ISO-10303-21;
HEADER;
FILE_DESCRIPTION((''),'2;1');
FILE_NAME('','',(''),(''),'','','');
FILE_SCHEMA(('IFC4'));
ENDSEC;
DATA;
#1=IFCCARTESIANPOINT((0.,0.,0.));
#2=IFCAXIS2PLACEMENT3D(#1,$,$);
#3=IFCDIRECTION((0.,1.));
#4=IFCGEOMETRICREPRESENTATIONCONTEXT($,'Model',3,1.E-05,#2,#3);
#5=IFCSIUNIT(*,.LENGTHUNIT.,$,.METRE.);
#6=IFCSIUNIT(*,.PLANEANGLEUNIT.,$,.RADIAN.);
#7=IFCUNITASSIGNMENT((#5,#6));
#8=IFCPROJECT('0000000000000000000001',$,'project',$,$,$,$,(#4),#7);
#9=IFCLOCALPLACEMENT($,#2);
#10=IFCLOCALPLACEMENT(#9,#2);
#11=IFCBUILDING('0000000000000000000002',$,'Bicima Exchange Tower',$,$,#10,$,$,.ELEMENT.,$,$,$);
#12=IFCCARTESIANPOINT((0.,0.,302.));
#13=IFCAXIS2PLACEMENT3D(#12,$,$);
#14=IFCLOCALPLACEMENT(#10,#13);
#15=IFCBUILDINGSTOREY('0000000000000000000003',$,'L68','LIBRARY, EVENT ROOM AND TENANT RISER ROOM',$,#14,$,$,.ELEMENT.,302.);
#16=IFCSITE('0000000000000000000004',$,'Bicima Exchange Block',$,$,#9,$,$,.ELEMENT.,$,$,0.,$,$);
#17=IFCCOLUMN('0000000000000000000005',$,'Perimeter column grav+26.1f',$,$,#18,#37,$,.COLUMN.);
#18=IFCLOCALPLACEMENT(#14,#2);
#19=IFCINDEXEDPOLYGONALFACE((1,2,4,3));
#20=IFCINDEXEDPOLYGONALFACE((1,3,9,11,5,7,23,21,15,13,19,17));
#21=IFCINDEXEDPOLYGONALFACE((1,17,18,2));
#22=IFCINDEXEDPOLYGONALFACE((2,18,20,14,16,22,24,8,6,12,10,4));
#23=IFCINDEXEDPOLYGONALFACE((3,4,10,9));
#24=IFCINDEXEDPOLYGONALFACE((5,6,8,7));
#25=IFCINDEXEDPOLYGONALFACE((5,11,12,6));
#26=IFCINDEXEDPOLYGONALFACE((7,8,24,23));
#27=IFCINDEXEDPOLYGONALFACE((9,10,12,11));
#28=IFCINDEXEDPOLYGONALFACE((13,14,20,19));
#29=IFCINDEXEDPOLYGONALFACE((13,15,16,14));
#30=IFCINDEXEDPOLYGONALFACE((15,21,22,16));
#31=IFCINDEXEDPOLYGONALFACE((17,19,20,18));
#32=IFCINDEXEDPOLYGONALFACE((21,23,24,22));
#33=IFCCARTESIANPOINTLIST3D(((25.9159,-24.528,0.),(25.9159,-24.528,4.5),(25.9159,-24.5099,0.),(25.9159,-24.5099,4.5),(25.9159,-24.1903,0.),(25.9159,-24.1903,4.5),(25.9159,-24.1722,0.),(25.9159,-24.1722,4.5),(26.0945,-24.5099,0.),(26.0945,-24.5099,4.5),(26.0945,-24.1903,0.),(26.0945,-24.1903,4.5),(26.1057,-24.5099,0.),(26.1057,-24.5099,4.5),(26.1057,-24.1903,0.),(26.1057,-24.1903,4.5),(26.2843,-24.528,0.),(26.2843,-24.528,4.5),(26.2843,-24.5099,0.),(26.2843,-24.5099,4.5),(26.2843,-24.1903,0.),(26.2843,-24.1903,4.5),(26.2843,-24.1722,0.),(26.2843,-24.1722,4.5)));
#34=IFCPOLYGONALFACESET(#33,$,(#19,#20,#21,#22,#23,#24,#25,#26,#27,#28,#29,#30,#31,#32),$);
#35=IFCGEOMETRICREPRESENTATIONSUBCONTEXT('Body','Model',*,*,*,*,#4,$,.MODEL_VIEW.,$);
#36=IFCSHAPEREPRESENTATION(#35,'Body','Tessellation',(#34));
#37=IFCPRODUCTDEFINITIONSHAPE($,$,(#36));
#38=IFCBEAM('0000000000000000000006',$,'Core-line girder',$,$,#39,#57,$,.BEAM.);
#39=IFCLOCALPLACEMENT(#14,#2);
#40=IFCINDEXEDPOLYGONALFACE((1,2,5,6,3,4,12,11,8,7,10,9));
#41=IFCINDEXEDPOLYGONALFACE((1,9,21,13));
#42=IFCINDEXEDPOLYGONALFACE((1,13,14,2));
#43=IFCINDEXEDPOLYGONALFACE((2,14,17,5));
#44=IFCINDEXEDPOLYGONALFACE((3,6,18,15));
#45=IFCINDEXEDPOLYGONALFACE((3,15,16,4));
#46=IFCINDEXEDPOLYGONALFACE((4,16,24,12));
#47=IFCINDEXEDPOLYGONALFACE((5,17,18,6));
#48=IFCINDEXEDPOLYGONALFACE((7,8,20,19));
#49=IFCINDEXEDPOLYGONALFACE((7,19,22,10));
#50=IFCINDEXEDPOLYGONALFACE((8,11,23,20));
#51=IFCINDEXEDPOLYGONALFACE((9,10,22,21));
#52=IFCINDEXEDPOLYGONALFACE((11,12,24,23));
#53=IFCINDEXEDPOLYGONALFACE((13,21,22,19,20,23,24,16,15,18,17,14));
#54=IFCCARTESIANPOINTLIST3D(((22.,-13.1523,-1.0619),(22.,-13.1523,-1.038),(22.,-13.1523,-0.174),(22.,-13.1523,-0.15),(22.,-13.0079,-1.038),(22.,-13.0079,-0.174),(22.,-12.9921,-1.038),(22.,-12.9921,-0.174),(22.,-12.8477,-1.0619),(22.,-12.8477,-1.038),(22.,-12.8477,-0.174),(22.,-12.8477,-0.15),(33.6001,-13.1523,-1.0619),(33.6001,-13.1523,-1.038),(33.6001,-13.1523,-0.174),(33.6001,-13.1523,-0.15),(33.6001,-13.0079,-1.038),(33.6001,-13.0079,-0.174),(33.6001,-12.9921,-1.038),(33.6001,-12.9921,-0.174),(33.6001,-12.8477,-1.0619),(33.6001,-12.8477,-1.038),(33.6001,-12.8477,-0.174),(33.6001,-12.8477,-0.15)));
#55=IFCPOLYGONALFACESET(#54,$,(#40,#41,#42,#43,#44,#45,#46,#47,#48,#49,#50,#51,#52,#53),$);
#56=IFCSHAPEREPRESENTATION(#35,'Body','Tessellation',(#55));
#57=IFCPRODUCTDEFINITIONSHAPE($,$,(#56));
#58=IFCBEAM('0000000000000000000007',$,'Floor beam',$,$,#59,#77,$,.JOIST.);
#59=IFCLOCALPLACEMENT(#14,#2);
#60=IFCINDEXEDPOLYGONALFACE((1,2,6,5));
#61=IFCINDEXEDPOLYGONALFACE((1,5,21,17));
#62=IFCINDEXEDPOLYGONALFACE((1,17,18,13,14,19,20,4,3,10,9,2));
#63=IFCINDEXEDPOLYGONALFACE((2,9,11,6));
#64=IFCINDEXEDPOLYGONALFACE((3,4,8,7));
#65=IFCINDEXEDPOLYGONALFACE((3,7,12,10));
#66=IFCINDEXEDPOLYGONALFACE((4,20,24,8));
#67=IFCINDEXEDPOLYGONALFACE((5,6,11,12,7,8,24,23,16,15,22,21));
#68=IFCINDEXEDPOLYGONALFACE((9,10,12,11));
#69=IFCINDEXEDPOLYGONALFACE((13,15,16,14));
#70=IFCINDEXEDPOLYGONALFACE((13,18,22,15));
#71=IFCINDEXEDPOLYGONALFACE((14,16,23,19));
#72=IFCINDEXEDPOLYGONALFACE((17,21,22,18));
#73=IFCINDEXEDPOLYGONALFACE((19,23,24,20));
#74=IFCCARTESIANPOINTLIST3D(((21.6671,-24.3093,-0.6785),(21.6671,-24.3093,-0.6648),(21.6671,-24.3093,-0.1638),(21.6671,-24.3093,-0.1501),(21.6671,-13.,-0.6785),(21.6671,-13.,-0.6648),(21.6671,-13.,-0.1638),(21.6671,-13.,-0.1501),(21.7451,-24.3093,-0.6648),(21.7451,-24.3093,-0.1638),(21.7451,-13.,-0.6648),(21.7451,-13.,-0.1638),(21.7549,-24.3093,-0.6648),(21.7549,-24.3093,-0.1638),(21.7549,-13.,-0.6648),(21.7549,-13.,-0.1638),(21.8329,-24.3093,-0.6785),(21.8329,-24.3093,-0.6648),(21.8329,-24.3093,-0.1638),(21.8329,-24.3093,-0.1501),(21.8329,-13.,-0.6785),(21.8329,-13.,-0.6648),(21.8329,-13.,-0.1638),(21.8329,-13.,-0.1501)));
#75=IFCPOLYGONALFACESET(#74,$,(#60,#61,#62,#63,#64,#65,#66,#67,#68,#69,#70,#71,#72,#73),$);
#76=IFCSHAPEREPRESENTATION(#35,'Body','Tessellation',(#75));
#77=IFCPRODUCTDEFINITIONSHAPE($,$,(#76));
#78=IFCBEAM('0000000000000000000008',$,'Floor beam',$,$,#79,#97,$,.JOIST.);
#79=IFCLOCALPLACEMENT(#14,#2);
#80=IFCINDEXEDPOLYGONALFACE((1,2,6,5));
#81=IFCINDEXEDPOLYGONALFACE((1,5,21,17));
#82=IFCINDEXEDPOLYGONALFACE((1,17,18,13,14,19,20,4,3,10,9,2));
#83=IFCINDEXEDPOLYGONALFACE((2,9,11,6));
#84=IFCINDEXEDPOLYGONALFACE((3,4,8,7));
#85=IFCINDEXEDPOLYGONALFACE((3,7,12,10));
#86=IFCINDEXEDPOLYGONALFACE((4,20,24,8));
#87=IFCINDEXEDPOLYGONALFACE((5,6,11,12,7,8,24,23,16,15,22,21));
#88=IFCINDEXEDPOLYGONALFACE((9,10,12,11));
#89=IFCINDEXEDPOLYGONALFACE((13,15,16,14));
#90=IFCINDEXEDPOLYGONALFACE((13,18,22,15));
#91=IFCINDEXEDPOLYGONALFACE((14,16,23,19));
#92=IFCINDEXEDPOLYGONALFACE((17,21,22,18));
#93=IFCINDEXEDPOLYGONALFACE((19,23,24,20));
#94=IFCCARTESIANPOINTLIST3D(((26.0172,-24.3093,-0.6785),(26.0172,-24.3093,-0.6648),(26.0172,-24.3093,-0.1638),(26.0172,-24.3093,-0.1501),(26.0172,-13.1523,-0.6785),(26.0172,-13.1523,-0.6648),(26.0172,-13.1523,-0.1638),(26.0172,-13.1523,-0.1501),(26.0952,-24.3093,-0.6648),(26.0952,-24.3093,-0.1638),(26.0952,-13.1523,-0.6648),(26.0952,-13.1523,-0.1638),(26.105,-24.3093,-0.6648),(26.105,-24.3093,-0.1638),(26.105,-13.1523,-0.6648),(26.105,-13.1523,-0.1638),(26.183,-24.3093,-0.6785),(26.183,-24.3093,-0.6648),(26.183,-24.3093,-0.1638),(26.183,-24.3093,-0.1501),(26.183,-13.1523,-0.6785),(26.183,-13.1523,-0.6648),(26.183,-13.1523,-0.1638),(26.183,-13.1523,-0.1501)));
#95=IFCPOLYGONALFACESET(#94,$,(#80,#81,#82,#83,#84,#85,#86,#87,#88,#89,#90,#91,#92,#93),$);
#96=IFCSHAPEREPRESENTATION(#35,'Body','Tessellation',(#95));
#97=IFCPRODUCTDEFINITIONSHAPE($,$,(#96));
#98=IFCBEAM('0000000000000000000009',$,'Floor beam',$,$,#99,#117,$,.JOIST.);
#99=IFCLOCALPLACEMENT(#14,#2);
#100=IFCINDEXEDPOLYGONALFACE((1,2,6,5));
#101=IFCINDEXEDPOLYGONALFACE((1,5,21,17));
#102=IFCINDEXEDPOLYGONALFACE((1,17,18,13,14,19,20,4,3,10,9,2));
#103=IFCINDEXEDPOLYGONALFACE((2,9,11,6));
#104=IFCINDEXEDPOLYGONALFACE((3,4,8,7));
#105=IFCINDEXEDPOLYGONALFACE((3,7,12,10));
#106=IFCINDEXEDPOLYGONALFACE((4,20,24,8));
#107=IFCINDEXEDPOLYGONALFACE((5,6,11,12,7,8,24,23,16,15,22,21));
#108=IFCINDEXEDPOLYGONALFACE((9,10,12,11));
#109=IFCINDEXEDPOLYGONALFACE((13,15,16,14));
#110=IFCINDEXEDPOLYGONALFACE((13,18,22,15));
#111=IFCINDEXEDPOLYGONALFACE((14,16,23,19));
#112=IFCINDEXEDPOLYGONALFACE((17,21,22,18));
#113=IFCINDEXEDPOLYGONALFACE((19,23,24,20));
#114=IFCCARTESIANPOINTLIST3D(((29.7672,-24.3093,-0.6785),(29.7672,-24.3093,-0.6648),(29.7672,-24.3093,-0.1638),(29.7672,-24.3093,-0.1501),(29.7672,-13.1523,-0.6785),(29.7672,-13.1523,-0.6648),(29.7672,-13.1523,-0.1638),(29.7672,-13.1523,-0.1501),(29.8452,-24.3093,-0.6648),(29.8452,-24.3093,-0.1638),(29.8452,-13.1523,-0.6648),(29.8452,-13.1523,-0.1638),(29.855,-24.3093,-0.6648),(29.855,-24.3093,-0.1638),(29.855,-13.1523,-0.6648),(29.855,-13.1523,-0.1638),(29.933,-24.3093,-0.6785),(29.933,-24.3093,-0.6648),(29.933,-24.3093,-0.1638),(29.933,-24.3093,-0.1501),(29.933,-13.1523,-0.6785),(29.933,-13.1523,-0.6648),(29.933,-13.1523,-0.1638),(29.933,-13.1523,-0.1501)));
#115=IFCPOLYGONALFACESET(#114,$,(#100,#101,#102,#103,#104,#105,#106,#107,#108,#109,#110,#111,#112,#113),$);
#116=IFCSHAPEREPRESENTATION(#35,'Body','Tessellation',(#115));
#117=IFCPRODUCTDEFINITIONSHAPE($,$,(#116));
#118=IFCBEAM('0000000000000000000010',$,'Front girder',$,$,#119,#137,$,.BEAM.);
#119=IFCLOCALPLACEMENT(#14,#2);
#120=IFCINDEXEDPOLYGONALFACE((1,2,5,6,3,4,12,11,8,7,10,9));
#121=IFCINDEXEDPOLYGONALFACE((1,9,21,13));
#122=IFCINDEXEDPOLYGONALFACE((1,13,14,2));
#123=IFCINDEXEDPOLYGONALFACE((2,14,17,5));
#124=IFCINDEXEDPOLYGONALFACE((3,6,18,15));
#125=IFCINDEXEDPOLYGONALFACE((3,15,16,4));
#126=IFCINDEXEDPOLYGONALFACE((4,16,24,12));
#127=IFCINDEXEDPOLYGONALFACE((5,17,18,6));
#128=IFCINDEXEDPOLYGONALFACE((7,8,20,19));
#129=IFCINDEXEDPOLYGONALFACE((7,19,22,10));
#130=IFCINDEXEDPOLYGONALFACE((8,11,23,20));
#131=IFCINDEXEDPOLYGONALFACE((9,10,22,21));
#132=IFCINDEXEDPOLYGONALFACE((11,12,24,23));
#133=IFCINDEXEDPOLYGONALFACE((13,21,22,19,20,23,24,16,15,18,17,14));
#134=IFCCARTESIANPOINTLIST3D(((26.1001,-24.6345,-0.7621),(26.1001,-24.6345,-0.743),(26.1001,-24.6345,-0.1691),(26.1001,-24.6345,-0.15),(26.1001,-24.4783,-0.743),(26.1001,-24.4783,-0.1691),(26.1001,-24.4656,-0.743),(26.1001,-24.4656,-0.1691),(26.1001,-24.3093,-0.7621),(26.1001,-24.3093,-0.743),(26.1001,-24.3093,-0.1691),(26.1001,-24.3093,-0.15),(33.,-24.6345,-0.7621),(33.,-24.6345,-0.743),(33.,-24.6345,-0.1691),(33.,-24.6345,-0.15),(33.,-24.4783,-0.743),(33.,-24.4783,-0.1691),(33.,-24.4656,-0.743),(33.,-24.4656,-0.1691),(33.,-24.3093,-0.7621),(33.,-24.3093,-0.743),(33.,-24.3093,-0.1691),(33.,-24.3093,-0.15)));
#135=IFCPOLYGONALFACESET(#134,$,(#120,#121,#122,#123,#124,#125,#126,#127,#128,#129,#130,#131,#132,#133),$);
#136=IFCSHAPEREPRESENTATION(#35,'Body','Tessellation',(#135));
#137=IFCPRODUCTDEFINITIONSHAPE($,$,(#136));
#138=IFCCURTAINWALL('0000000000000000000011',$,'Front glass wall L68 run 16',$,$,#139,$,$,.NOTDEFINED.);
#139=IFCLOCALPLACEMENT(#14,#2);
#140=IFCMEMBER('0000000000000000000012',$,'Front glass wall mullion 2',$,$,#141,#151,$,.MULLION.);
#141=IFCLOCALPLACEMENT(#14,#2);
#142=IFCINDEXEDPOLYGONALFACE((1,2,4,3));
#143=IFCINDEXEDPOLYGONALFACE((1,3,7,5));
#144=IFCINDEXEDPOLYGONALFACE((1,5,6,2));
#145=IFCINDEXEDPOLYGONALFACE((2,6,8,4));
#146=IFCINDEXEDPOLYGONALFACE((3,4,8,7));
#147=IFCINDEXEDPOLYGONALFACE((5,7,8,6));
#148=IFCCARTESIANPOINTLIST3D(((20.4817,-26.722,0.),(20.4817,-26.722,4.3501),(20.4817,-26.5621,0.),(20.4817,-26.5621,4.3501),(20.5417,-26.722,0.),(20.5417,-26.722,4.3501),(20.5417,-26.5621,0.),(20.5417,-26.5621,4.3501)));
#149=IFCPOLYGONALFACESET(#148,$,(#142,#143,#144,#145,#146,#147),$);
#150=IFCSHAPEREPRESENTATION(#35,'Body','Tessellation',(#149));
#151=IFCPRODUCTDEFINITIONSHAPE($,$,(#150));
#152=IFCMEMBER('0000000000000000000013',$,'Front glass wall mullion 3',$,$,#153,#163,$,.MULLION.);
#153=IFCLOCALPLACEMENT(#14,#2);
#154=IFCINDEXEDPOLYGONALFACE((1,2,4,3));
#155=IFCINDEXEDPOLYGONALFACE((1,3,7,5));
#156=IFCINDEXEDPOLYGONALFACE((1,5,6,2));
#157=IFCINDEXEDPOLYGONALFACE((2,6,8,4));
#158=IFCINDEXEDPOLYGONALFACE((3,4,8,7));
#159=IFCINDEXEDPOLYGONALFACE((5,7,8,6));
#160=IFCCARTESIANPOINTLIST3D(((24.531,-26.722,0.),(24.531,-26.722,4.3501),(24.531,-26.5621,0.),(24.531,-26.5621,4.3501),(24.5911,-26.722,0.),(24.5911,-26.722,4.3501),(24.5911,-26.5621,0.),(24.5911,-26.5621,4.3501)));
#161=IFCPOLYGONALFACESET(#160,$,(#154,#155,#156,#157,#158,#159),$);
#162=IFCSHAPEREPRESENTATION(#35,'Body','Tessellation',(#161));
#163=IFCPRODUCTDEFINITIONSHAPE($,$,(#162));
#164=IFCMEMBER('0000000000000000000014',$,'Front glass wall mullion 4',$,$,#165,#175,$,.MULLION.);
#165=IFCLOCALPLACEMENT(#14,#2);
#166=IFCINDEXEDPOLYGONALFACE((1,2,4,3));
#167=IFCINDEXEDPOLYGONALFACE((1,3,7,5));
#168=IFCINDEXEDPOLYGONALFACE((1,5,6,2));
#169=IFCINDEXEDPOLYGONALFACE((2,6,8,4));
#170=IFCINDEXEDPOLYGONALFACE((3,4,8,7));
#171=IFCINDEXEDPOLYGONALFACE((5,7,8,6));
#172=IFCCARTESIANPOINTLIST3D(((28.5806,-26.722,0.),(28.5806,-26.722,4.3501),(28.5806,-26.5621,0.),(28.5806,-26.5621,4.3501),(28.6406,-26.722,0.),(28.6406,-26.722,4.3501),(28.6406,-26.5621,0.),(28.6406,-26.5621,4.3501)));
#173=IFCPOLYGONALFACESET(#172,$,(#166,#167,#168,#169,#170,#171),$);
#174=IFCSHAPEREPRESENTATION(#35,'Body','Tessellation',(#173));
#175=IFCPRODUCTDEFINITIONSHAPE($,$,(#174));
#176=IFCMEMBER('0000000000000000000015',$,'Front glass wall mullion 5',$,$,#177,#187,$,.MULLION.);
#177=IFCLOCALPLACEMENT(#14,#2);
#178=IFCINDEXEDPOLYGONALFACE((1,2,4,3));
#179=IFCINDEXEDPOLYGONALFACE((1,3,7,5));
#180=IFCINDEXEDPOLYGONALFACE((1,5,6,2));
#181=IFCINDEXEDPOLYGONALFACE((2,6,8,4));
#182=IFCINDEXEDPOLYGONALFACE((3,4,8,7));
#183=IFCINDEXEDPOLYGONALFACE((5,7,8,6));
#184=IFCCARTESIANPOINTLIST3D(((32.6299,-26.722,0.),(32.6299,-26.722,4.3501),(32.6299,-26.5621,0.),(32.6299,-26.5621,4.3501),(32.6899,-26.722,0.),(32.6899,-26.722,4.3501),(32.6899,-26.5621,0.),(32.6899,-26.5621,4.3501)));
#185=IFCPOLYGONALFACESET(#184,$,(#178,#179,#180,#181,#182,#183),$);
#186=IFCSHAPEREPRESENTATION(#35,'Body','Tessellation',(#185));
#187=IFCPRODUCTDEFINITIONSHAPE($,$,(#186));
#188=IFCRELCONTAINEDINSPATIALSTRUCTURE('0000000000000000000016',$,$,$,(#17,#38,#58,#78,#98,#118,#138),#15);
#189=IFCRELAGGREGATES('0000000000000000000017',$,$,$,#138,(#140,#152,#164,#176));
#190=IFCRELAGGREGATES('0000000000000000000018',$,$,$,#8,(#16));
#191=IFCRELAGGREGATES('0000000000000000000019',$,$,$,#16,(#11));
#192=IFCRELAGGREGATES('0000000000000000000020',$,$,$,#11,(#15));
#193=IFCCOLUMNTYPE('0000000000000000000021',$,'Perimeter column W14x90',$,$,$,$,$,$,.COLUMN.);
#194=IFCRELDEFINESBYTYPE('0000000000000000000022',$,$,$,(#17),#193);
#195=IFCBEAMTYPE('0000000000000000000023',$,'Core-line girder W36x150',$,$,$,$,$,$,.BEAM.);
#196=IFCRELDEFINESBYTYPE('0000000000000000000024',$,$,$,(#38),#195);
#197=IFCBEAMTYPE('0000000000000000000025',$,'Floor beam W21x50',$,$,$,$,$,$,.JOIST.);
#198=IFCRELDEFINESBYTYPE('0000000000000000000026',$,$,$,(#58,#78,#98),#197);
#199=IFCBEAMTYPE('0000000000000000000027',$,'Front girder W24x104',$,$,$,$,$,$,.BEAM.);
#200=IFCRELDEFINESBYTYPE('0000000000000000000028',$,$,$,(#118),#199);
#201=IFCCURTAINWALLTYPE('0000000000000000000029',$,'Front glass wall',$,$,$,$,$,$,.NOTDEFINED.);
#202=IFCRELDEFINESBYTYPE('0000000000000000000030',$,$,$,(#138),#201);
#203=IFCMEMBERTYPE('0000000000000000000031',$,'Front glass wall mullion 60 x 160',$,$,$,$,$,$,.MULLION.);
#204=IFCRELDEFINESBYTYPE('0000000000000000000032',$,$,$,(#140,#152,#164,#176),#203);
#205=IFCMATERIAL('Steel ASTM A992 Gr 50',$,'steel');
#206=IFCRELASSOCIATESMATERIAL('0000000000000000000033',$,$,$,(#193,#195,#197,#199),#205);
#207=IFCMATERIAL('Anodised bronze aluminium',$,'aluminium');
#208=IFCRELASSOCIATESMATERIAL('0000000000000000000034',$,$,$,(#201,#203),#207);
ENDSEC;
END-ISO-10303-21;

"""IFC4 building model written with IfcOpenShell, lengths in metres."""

from ifc_helpers import new_model, si_unit, direction, frame, origin, origin_2d, place, context, subcontext, project, spatial, rectangle, i_section, extrude, material, material_profile, profile_set, type_object, element, aggregate, save


model = new_model("IFC4")

# Units and contexts
model_context = context("Model", 3, precision=1e-05, world=origin(), true_north=direction((0.0, 1.0)))
body_context = subcontext(model_context, "Body", "Model", "MODEL_VIEW")
ifc_project = project(units=[si_unit("LENGTHUNIT", "METRE"), si_unit("PLANEANGLEUNIT", "RADIAN")], contexts=[model_context])

# Site, building, storey
site_placement = place(None, origin())
site = spatial("IfcSite", under=ifc_project, at=site_placement, Name="Bicima Exchange Block", CompositionType="ELEMENT", RefElevation=0.0)
building_placement = place(site_placement, origin())
building = spatial("IfcBuilding", under=site, at=building_placement, Name="Bicima Exchange Tower", CompositionType="ELEMENT")
storey_placement = place(building_placement, frame((0.0, 0.0, 302.0)))
storey = spatial("IfcBuildingStorey", under=building, at=storey_placement, Name="L68", Description="LIBRARY, EVENT ROOM AND TENANT RISER ROOM", CompositionType="ELEMENT", Elevation=302.0)

# Column
ifc_material_1 = material(Name="Steel ASTM A992 Gr 50", Category="steel")
ifc_material_profile_1 = material_profile(ifc_material_1, i_section(OverallWidth=0.3684, OverallDepth=0.3557, WebThickness=0.0112, FlangeThickness=0.0181, at=origin_2d()))
ifc_profile_set_1 = profile_set([ifc_material_profile_1], Name="Steel ASTM A992 Gr 50")
column_type = type_object("IfcColumnType", Name="Perimeter column W14x90", PredefinedType="COLUMN", material=ifc_profile_set_1)
column_placement = place(storey_placement, frame((26.1001, -24.3501, 0.0), z_axis=(0.0, 0.0, 1.0), x_axis=(1.0, 0.0, 0.0)))
element("IfcColumn", 1, at=column_placement, inside=storey, type_object=column_type, Name="Perimeter column grav+26.1f", PredefinedType="COLUMN", context=body_context, shape_type="SweptSolid", body=[
    extrude(i_section(OverallWidth=0.3684, OverallDepth=0.3557, WebThickness=0.0112, FlangeThickness=0.0181, at=origin_2d()), origin(), (0.0, 0.0, 1.0), 4.5),
])

# Beams
ifc_material_profile_2 = material_profile(ifc_material_1, i_section(OverallWidth=0.3047, OverallDepth=0.9119, WebThickness=0.0159, FlangeThickness=0.0239, at=origin_2d()))
ifc_profile_set_2 = profile_set([ifc_material_profile_2], Name="Steel ASTM A992 Gr 50")
beam_type_1 = type_object("IfcBeamType", Name="Core-line girder W36x150", PredefinedType="BEAM", material=ifc_profile_set_2)
beam_1_placement = place(storey_placement, frame((22.0, -13.0, -0.606), z_axis=(1.0, 0.0, 0.0), x_axis=(0.0, 1.0, 0.0)))
element("IfcBeam", 2, at=beam_1_placement, inside=storey, type_object=beam_type_1, Name="Core-line girder", PredefinedType="BEAM", context=body_context, shape_type="SweptSolid", body=[
    extrude(i_section(OverallWidth=0.3047, OverallDepth=0.9119, WebThickness=0.0159, FlangeThickness=0.0239, at=origin_2d()), origin(), (0.0, 0.0, 1.0), 11.6001),
])
ifc_material_profile_3 = material_profile(ifc_material_1, i_section(OverallWidth=0.1658, OverallDepth=0.5283, WebThickness=0.0098, FlangeThickness=0.0137, at=origin_2d()))
ifc_profile_set_3 = profile_set([ifc_material_profile_3], Name="Steel ASTM A992 Gr 50")
beam_type_2 = type_object("IfcBeamType", Name="Floor beam W21x50", PredefinedType="JOIST", material=ifc_profile_set_3)
beam_2_placement = place(storey_placement, frame((21.75, -13.0, -0.4143), z_axis=(0.0, -1.0, 0.0), x_axis=(1.0, 0.0, 0.0)))
element("IfcBeam", 3, at=beam_2_placement, inside=storey, type_object=beam_type_2, Name="Floor beam", PredefinedType="JOIST", context=body_context, shape_type="SweptSolid", body=[
    extrude(i_section(OverallWidth=0.1658, OverallDepth=0.5283, WebThickness=0.0098, FlangeThickness=0.0137, at=origin_2d()), origin(), (0.0, 0.0, 1.0), 11.3093),
])
for number, where, z_axis, x_axis, name in (
    (4, (26.1001, -13.1523, -0.4143), (0.0, -1.0, 0.0), (1.0, 0.0, 0.0), "Floor beam"),
    (5, (29.8501, -13.1523, -0.4143), (0.0, -1.0, 0.0), (1.0, 0.0, 0.0), "Floor beam"),
):
    element("IfcBeam", number, at=place(storey_placement, frame(where, z_axis=z_axis, x_axis=x_axis)), inside=storey, type_object=beam_type_2, Name=name, PredefinedType="JOIST", context=body_context, shape_type="SweptSolid", body=[
        extrude(i_section(OverallWidth=0.1658, OverallDepth=0.5283, WebThickness=0.0098, FlangeThickness=0.0137, at=origin_2d()), origin(), (0.0, 0.0, 1.0), 11.157),
    ])
ifc_material_profile_4 = material_profile(ifc_material_1, i_section(OverallWidth=0.3252, OverallDepth=0.6121, WebThickness=0.0127, FlangeThickness=0.019, at=origin_2d()))
ifc_profile_set_4 = profile_set([ifc_material_profile_4], Name="Steel ASTM A992 Gr 50")
beam_type_3 = type_object("IfcBeamType", Name="Front girder W24x104", PredefinedType="BEAM", material=ifc_profile_set_4)
beam_3_placement = place(storey_placement, frame((26.1001, -24.4719, -0.4561), z_axis=(1.0, 0.0, 0.0), x_axis=(0.0, 1.0, 0.0)))
element("IfcBeam", 6, at=beam_3_placement, inside=storey, type_object=beam_type_3, Name="Front girder", PredefinedType="BEAM", context=body_context, shape_type="SweptSolid", body=[
    extrude(i_section(OverallWidth=0.3252, OverallDepth=0.6121, WebThickness=0.0127, FlangeThickness=0.019, at=origin_2d()), origin(), (0.0, 0.0, 1.0), 6.8999),
])

# Curtain wall, members
ifc_material_2 = material(Name="Anodised bronze aluminium", Category="aluminium")
curtain_wall_type = type_object("IfcCurtainWallType", Name="Front glass wall", PredefinedType="NOTDEFINED", material=ifc_material_2)
curtain_wall_1_placement = place(storey_placement, origin())
curtain_wall_1 = element("IfcCurtainWall", 7, at=curtain_wall_1_placement, inside=storey, type_object=curtain_wall_type, Name="Front glass wall L68 run 16", PredefinedType="NOTDEFINED")
ifc_material_profile_5 = material_profile(ifc_material_2, rectangle(XDim=0.1599, YDim=0.0601, at=origin_2d()))
ifc_profile_set_5 = profile_set([ifc_material_profile_5], Name="Anodised bronze aluminium")
member_type_1 = type_object("IfcMemberType", Name="Front glass wall mullion 60 x 160", PredefinedType="MULLION", material=ifc_profile_set_5)
member_1_placement = place(storey_placement, frame((20.5117, -26.6421, 0.0), z_axis=(0.0, 0.0, 1.0), x_axis=(0.0, 1.0, 0.0)))
member_1 = element("IfcMember", 8, at=member_1_placement, type_object=member_type_1, Name="Front glass wall mullion 2", PredefinedType="MULLION", context=body_context, shape_type="SweptSolid", body=[
    extrude(rectangle(XDim=0.1599, YDim=0.0601, at=origin_2d()), origin(), (0.0, 0.0, 1.0), 4.3501),
])
member_2_placement = place(storey_placement, frame((24.561, -26.6421, 0.0), z_axis=(0.0, 0.0, 1.0), x_axis=(0.0, 1.0, 0.0)))
member_2 = element("IfcMember", 9, at=member_2_placement, type_object=member_type_1, Name="Front glass wall mullion 3", PredefinedType="MULLION", context=body_context, shape_type="SweptSolid", body=[
    extrude(rectangle(XDim=0.1599, YDim=0.0601, at=origin_2d()), origin(), (0.0, 0.0, 1.0), 4.3501),
])
member_3_placement = place(storey_placement, frame((28.6106, -26.6421, 0.0), z_axis=(0.0, 0.0, 1.0), x_axis=(0.0, 1.0, 0.0)))
member_3 = element("IfcMember", 10, at=member_3_placement, type_object=member_type_1, Name="Front glass wall mullion 4", PredefinedType="MULLION", context=body_context, shape_type="SweptSolid", body=[
    extrude(rectangle(XDim=0.1599, YDim=0.0601, at=origin_2d()), origin(), (0.0, 0.0, 1.0), 4.3501),
])
member_4_placement = place(storey_placement, frame((32.6599, -26.6421, 0.0), z_axis=(0.0, 0.0, 1.0), x_axis=(0.0, 1.0, 0.0)))
member_4 = element("IfcMember", 11, at=member_4_placement, type_object=member_type_1, Name="Front glass wall mullion 5", PredefinedType="MULLION", context=body_context, shape_type="SweptSolid", body=[
    extrude(rectangle(XDim=0.1599, YDim=0.0601, at=origin_2d()), origin(), (0.0, 0.0, 1.0), 4.3501),
])

aggregate(curtain_wall_1, [member_1, member_2, member_3, member_4])

save(model, "model.ifc")
